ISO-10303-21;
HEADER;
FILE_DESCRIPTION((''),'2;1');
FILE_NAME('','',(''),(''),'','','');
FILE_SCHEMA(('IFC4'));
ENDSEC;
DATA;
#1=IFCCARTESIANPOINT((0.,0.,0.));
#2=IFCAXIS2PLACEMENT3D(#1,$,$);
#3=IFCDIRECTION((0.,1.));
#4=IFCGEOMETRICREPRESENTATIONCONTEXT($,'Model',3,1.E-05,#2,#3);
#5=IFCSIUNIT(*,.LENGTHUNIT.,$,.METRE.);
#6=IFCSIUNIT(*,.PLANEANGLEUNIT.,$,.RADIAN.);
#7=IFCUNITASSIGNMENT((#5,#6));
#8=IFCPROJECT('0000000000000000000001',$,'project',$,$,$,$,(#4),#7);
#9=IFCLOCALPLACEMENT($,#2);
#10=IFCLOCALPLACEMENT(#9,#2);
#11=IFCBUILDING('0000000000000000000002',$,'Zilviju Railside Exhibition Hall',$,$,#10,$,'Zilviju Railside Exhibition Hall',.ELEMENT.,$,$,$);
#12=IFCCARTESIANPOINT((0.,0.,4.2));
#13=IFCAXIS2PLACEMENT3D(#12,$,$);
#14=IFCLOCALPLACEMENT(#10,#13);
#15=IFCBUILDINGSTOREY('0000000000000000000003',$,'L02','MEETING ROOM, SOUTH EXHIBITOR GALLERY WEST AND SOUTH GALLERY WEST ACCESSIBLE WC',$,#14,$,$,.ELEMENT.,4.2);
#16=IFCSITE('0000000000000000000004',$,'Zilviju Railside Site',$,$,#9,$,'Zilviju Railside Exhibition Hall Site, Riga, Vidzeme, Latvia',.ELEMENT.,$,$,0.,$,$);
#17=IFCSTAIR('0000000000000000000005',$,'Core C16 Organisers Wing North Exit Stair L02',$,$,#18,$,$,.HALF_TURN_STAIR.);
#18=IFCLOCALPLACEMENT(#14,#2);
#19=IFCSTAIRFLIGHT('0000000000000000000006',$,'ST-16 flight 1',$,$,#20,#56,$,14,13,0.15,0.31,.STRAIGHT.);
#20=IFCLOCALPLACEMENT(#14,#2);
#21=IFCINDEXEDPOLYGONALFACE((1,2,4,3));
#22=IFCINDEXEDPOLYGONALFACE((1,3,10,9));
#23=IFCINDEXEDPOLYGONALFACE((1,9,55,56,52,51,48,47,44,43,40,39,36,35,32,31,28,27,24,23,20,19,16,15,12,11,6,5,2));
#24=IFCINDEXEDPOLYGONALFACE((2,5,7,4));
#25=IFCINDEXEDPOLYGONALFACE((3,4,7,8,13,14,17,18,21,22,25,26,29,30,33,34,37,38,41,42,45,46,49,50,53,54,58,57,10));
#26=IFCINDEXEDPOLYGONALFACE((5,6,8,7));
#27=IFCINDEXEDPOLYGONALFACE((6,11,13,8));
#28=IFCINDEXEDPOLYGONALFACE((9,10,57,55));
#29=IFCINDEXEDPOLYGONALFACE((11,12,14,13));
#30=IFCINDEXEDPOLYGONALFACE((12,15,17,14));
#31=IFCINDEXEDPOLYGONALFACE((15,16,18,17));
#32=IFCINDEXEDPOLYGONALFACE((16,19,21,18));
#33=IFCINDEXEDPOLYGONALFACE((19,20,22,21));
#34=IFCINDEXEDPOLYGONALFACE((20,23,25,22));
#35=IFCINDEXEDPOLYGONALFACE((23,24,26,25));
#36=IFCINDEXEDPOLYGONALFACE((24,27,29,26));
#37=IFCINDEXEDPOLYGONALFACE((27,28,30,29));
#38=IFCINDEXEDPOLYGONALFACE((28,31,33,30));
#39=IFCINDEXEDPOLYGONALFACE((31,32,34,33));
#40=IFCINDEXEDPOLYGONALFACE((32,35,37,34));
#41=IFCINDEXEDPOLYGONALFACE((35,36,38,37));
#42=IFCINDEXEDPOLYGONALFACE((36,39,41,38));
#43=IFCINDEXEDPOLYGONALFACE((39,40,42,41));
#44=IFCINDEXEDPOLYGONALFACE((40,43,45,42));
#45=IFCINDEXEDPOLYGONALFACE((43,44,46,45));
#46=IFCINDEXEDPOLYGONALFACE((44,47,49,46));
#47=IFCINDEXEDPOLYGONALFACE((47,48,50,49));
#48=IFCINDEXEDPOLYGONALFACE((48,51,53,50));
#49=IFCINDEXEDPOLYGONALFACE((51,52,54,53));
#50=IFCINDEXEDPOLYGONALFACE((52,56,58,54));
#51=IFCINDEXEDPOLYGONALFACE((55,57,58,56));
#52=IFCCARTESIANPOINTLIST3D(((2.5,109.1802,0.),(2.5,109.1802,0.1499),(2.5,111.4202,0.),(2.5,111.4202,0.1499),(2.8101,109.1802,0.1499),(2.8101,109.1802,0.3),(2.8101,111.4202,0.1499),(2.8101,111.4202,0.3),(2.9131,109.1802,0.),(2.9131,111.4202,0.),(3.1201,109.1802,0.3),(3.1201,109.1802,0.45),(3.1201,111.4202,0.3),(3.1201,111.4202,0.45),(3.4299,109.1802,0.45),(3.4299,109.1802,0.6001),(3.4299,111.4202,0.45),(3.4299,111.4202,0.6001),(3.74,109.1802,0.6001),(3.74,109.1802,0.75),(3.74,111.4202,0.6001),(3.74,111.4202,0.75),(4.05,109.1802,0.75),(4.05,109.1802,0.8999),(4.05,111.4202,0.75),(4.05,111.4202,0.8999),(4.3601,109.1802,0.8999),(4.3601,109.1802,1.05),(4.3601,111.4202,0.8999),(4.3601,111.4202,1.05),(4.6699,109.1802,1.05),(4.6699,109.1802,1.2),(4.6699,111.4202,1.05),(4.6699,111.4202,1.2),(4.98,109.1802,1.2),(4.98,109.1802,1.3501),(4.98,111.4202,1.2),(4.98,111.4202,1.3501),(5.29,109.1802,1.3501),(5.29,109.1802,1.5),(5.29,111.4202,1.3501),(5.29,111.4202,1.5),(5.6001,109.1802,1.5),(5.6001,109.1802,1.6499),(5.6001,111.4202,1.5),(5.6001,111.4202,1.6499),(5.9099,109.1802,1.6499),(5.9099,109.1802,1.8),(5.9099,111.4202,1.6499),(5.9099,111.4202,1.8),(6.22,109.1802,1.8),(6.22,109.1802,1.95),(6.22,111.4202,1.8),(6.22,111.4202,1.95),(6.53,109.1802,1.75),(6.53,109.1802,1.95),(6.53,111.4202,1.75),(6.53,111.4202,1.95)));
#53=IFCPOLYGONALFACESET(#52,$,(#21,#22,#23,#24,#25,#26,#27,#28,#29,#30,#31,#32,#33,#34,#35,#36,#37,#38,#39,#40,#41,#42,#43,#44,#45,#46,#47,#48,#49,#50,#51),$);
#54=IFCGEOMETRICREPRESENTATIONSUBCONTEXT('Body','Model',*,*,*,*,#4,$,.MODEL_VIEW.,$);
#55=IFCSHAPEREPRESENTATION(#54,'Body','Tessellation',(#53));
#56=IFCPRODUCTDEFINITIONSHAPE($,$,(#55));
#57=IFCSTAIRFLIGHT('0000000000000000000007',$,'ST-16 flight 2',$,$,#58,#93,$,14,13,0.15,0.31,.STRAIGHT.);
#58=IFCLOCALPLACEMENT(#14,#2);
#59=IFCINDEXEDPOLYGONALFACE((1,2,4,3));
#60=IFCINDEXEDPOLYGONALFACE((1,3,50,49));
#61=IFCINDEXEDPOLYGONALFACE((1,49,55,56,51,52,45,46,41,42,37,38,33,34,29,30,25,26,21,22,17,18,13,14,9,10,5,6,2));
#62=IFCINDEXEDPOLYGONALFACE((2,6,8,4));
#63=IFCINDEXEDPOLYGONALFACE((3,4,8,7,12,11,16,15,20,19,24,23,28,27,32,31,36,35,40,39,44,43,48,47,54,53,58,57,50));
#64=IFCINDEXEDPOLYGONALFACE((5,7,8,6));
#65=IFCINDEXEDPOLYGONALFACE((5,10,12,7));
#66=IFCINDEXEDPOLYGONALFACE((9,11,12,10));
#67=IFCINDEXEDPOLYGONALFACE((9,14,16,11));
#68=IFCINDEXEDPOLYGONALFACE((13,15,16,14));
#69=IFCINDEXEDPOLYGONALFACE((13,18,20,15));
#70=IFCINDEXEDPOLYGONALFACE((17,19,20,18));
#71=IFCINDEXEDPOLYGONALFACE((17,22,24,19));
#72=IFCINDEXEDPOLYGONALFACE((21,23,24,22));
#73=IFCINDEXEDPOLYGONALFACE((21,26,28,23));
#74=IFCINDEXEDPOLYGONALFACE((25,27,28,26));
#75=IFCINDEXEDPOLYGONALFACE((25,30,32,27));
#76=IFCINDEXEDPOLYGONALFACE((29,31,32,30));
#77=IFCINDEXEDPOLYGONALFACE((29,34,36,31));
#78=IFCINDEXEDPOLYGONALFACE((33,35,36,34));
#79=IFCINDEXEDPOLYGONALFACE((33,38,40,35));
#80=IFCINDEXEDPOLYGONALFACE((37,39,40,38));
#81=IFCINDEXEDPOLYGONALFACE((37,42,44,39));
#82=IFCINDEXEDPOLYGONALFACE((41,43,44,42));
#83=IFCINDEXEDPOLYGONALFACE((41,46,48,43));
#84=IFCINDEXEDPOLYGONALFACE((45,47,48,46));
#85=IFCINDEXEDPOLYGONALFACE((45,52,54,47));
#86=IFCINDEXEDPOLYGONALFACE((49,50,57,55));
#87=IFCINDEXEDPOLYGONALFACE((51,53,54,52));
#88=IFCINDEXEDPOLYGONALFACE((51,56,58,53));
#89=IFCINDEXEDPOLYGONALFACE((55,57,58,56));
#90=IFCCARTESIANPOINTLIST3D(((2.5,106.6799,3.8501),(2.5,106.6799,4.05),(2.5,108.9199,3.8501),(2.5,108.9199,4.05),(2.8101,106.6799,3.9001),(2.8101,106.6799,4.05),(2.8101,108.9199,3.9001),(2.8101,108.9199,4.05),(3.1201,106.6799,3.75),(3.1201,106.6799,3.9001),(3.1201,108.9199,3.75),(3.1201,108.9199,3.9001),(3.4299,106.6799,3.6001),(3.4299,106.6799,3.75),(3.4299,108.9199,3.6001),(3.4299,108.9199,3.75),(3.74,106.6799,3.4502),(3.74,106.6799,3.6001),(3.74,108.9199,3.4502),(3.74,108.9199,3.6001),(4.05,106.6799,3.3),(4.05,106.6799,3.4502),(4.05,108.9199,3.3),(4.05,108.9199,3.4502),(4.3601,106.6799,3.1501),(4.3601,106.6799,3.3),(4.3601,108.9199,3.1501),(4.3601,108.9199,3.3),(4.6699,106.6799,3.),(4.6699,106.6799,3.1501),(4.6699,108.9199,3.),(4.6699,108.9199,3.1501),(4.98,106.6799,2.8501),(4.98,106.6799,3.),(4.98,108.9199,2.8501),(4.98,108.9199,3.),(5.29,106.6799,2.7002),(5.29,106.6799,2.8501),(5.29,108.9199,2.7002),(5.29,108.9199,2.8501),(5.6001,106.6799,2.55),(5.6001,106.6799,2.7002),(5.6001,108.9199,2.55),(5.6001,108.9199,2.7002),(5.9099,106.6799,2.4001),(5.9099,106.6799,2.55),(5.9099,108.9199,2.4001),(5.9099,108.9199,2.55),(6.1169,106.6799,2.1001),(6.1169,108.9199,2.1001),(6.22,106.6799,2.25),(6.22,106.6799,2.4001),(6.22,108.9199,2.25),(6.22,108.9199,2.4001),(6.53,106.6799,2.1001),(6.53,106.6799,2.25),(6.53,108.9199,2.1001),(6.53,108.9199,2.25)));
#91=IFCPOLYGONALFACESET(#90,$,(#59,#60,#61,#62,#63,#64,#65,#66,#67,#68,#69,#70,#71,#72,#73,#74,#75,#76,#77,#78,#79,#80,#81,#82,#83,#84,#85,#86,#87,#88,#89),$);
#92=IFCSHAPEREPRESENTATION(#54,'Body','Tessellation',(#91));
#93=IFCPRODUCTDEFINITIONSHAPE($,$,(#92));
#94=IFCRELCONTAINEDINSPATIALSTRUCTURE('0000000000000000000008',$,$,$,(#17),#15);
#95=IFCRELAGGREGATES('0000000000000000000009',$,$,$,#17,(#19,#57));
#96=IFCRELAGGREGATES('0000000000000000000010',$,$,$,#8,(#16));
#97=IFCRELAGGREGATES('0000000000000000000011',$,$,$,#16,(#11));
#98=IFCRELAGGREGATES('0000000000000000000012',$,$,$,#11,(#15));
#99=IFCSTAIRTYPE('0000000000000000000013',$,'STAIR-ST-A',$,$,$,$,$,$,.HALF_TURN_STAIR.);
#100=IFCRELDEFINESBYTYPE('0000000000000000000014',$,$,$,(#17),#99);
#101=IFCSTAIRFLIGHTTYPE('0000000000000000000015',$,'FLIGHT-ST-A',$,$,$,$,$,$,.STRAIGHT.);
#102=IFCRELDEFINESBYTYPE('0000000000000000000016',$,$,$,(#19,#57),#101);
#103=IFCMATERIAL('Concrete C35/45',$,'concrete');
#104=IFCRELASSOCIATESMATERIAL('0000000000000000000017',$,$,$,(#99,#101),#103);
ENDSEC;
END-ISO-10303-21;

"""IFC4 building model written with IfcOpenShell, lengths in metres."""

from ifc_helpers import new_model, si_unit, direction, frame, origin, place, context, subcontext, project, spatial, polyline, outline, extrude, material, type_object, element, aggregate, save


model = new_model("IFC4")

# Units and contexts
model_context = context("Model", 3, precision=1e-05, world=origin(), true_north=direction((0.0, 1.0)))
body_context = subcontext(model_context, "Body", "Model", "MODEL_VIEW")
ifc_project = project(units=[si_unit("LENGTHUNIT", "METRE"), si_unit("PLANEANGLEUNIT", "RADIAN")], contexts=[model_context])

# Site, building, storey
site_placement = place(None, origin())
site = spatial("IfcSite", under=ifc_project, at=site_placement, Name="Zilviju Railside Site", LongName="Zilviju Railside Exhibition Hall Site, Riga, Vidzeme, Latvia", CompositionType="ELEMENT", RefElevation=0.0)
building_placement = place(site_placement, origin())
building = spatial("IfcBuilding", under=site, at=building_placement, Name="Zilviju Railside Exhibition Hall", LongName="Zilviju Railside Exhibition Hall", CompositionType="ELEMENT")
storey_placement = place(building_placement, frame((0.0, 0.0, 4.2)))
storey = spatial("IfcBuildingStorey", under=building, at=storey_placement, Name="L02", Description="MEETING ROOM, SOUTH EXHIBITOR GALLERY WEST AND SOUTH GALLERY WEST ACCESSIBLE WC", CompositionType="ELEMENT", Elevation=4.2)

# Shared definitions
ifc_material_1 = material(Name="Concrete C35/45", Category="concrete")

# Stair, stair flights
stair_type = type_object("IfcStairType", Name="STAIR-ST-A", PredefinedType="HALF_TURN_STAIR", material=ifc_material_1)
stair_placement = place(storey_placement, origin())
stair = element("IfcStair", 1, at=stair_placement, inside=storey, type_object=stair_type, Name="Core C16 Organisers Wing North Exit Stair L02", PredefinedType="HALF_TURN_STAIR")
stair_flight_type = type_object("IfcStairFlightType", Name="FLIGHT-ST-A", PredefinedType="STRAIGHT", material=ifc_material_1)
stair_flight_1_placement = place(storey_placement, frame((2.5, 110.3, 0.0), z_axis=(0.0, 0.0, 1.0), x_axis=(1.0, 0.0, 0.0)))
stair_flight_1 = element("IfcStairFlight", 2, at=stair_flight_1_placement, type_object=stair_flight_type, Name="ST-16 flight 1", NumberOfRisers=14, NumberOfTreads=13, PredefinedType="STRAIGHT", RiserHeight=0.15, TreadLength=0.31, context=body_context, shape_type="SweptSolid", body=[
    extrude(outline(polyline([(0.0, 0.0), (0.0, 0.1499), (0.3101, 0.1499), (0.3101, 0.3), (0.6201, 0.3), (0.6201, 0.45), (0.9299, 0.45), (0.9299, 0.6001), (1.24, 0.6001), (1.24, 0.75), (1.55, 0.75), (1.55, 0.8999), (1.8601, 0.8999), (1.8601, 1.05), (2.1699, 1.05), (2.1699, 1.2), (2.48, 1.2), (2.48, 1.3501), (2.79, 1.3501), (2.79, 1.5), (3.1001, 1.5), (3.1001, 1.6499), (3.4099, 1.6499), (3.4099, 1.8), (3.72, 1.8), (3.72, 1.95), (4.03, 1.95), (4.03, 2.1001), (4.03, 1.75), (0.4131, 0.0), (0.0, 0.0)])), frame((0.0, 1.1201, 0.0), z_axis=(0.0, -1.0, 0.0), x_axis=(1.0, 0.0, 0.0)), (0.0, 0.0, 1.0), 2.24),
])
stair_flight_2_placement = place(storey_placement, frame((6.53, 107.8, 2.1001), z_axis=(0.0, 0.0, 1.0), x_axis=(-1.0, 0.0, 0.0)))
stair_flight_2 = element("IfcStairFlight", 3, at=stair_flight_2_placement, type_object=stair_flight_type, Name="ST-16 flight 2", NumberOfRisers=14, NumberOfTreads=13, PredefinedType="STRAIGHT", RiserHeight=0.15, TreadLength=0.31, context=body_context, shape_type="SweptSolid", body=[
    extrude(outline(polyline([(0.0, 0.0), (0.0, 0.1499), (0.3101, 0.1499), (0.3101, 0.3), (0.6201, 0.3), (0.6201, 0.45), (0.9299, 0.45), (0.9299, 0.6001), (1.24, 0.6001), (1.24, 0.75), (1.55, 0.75), (1.55, 0.8999), (1.8601, 0.8999), (1.8601, 1.05), (2.1699, 1.05), (2.1699, 1.2), (2.48, 1.2), (2.48, 1.3501), (2.79, 1.3501), (2.79, 1.5), (3.1001, 1.5), (3.1001, 1.6499), (3.4099, 1.6499), (3.4099, 1.8), (3.72, 1.8), (3.72, 1.95), (4.03, 1.95), (4.03, 2.1001), (4.03, 1.75), (0.4131, 0.0), (0.0, 0.0)])), frame((0.0, 1.1201, 0.0), z_axis=(0.0, -1.0, 0.0), x_axis=(1.0, 0.0, 0.0)), (0.0, 0.0, 1.0), 2.24),
])
aggregate(stair, [stair_flight_1, stair_flight_2])

save(model, "model.ifc")
